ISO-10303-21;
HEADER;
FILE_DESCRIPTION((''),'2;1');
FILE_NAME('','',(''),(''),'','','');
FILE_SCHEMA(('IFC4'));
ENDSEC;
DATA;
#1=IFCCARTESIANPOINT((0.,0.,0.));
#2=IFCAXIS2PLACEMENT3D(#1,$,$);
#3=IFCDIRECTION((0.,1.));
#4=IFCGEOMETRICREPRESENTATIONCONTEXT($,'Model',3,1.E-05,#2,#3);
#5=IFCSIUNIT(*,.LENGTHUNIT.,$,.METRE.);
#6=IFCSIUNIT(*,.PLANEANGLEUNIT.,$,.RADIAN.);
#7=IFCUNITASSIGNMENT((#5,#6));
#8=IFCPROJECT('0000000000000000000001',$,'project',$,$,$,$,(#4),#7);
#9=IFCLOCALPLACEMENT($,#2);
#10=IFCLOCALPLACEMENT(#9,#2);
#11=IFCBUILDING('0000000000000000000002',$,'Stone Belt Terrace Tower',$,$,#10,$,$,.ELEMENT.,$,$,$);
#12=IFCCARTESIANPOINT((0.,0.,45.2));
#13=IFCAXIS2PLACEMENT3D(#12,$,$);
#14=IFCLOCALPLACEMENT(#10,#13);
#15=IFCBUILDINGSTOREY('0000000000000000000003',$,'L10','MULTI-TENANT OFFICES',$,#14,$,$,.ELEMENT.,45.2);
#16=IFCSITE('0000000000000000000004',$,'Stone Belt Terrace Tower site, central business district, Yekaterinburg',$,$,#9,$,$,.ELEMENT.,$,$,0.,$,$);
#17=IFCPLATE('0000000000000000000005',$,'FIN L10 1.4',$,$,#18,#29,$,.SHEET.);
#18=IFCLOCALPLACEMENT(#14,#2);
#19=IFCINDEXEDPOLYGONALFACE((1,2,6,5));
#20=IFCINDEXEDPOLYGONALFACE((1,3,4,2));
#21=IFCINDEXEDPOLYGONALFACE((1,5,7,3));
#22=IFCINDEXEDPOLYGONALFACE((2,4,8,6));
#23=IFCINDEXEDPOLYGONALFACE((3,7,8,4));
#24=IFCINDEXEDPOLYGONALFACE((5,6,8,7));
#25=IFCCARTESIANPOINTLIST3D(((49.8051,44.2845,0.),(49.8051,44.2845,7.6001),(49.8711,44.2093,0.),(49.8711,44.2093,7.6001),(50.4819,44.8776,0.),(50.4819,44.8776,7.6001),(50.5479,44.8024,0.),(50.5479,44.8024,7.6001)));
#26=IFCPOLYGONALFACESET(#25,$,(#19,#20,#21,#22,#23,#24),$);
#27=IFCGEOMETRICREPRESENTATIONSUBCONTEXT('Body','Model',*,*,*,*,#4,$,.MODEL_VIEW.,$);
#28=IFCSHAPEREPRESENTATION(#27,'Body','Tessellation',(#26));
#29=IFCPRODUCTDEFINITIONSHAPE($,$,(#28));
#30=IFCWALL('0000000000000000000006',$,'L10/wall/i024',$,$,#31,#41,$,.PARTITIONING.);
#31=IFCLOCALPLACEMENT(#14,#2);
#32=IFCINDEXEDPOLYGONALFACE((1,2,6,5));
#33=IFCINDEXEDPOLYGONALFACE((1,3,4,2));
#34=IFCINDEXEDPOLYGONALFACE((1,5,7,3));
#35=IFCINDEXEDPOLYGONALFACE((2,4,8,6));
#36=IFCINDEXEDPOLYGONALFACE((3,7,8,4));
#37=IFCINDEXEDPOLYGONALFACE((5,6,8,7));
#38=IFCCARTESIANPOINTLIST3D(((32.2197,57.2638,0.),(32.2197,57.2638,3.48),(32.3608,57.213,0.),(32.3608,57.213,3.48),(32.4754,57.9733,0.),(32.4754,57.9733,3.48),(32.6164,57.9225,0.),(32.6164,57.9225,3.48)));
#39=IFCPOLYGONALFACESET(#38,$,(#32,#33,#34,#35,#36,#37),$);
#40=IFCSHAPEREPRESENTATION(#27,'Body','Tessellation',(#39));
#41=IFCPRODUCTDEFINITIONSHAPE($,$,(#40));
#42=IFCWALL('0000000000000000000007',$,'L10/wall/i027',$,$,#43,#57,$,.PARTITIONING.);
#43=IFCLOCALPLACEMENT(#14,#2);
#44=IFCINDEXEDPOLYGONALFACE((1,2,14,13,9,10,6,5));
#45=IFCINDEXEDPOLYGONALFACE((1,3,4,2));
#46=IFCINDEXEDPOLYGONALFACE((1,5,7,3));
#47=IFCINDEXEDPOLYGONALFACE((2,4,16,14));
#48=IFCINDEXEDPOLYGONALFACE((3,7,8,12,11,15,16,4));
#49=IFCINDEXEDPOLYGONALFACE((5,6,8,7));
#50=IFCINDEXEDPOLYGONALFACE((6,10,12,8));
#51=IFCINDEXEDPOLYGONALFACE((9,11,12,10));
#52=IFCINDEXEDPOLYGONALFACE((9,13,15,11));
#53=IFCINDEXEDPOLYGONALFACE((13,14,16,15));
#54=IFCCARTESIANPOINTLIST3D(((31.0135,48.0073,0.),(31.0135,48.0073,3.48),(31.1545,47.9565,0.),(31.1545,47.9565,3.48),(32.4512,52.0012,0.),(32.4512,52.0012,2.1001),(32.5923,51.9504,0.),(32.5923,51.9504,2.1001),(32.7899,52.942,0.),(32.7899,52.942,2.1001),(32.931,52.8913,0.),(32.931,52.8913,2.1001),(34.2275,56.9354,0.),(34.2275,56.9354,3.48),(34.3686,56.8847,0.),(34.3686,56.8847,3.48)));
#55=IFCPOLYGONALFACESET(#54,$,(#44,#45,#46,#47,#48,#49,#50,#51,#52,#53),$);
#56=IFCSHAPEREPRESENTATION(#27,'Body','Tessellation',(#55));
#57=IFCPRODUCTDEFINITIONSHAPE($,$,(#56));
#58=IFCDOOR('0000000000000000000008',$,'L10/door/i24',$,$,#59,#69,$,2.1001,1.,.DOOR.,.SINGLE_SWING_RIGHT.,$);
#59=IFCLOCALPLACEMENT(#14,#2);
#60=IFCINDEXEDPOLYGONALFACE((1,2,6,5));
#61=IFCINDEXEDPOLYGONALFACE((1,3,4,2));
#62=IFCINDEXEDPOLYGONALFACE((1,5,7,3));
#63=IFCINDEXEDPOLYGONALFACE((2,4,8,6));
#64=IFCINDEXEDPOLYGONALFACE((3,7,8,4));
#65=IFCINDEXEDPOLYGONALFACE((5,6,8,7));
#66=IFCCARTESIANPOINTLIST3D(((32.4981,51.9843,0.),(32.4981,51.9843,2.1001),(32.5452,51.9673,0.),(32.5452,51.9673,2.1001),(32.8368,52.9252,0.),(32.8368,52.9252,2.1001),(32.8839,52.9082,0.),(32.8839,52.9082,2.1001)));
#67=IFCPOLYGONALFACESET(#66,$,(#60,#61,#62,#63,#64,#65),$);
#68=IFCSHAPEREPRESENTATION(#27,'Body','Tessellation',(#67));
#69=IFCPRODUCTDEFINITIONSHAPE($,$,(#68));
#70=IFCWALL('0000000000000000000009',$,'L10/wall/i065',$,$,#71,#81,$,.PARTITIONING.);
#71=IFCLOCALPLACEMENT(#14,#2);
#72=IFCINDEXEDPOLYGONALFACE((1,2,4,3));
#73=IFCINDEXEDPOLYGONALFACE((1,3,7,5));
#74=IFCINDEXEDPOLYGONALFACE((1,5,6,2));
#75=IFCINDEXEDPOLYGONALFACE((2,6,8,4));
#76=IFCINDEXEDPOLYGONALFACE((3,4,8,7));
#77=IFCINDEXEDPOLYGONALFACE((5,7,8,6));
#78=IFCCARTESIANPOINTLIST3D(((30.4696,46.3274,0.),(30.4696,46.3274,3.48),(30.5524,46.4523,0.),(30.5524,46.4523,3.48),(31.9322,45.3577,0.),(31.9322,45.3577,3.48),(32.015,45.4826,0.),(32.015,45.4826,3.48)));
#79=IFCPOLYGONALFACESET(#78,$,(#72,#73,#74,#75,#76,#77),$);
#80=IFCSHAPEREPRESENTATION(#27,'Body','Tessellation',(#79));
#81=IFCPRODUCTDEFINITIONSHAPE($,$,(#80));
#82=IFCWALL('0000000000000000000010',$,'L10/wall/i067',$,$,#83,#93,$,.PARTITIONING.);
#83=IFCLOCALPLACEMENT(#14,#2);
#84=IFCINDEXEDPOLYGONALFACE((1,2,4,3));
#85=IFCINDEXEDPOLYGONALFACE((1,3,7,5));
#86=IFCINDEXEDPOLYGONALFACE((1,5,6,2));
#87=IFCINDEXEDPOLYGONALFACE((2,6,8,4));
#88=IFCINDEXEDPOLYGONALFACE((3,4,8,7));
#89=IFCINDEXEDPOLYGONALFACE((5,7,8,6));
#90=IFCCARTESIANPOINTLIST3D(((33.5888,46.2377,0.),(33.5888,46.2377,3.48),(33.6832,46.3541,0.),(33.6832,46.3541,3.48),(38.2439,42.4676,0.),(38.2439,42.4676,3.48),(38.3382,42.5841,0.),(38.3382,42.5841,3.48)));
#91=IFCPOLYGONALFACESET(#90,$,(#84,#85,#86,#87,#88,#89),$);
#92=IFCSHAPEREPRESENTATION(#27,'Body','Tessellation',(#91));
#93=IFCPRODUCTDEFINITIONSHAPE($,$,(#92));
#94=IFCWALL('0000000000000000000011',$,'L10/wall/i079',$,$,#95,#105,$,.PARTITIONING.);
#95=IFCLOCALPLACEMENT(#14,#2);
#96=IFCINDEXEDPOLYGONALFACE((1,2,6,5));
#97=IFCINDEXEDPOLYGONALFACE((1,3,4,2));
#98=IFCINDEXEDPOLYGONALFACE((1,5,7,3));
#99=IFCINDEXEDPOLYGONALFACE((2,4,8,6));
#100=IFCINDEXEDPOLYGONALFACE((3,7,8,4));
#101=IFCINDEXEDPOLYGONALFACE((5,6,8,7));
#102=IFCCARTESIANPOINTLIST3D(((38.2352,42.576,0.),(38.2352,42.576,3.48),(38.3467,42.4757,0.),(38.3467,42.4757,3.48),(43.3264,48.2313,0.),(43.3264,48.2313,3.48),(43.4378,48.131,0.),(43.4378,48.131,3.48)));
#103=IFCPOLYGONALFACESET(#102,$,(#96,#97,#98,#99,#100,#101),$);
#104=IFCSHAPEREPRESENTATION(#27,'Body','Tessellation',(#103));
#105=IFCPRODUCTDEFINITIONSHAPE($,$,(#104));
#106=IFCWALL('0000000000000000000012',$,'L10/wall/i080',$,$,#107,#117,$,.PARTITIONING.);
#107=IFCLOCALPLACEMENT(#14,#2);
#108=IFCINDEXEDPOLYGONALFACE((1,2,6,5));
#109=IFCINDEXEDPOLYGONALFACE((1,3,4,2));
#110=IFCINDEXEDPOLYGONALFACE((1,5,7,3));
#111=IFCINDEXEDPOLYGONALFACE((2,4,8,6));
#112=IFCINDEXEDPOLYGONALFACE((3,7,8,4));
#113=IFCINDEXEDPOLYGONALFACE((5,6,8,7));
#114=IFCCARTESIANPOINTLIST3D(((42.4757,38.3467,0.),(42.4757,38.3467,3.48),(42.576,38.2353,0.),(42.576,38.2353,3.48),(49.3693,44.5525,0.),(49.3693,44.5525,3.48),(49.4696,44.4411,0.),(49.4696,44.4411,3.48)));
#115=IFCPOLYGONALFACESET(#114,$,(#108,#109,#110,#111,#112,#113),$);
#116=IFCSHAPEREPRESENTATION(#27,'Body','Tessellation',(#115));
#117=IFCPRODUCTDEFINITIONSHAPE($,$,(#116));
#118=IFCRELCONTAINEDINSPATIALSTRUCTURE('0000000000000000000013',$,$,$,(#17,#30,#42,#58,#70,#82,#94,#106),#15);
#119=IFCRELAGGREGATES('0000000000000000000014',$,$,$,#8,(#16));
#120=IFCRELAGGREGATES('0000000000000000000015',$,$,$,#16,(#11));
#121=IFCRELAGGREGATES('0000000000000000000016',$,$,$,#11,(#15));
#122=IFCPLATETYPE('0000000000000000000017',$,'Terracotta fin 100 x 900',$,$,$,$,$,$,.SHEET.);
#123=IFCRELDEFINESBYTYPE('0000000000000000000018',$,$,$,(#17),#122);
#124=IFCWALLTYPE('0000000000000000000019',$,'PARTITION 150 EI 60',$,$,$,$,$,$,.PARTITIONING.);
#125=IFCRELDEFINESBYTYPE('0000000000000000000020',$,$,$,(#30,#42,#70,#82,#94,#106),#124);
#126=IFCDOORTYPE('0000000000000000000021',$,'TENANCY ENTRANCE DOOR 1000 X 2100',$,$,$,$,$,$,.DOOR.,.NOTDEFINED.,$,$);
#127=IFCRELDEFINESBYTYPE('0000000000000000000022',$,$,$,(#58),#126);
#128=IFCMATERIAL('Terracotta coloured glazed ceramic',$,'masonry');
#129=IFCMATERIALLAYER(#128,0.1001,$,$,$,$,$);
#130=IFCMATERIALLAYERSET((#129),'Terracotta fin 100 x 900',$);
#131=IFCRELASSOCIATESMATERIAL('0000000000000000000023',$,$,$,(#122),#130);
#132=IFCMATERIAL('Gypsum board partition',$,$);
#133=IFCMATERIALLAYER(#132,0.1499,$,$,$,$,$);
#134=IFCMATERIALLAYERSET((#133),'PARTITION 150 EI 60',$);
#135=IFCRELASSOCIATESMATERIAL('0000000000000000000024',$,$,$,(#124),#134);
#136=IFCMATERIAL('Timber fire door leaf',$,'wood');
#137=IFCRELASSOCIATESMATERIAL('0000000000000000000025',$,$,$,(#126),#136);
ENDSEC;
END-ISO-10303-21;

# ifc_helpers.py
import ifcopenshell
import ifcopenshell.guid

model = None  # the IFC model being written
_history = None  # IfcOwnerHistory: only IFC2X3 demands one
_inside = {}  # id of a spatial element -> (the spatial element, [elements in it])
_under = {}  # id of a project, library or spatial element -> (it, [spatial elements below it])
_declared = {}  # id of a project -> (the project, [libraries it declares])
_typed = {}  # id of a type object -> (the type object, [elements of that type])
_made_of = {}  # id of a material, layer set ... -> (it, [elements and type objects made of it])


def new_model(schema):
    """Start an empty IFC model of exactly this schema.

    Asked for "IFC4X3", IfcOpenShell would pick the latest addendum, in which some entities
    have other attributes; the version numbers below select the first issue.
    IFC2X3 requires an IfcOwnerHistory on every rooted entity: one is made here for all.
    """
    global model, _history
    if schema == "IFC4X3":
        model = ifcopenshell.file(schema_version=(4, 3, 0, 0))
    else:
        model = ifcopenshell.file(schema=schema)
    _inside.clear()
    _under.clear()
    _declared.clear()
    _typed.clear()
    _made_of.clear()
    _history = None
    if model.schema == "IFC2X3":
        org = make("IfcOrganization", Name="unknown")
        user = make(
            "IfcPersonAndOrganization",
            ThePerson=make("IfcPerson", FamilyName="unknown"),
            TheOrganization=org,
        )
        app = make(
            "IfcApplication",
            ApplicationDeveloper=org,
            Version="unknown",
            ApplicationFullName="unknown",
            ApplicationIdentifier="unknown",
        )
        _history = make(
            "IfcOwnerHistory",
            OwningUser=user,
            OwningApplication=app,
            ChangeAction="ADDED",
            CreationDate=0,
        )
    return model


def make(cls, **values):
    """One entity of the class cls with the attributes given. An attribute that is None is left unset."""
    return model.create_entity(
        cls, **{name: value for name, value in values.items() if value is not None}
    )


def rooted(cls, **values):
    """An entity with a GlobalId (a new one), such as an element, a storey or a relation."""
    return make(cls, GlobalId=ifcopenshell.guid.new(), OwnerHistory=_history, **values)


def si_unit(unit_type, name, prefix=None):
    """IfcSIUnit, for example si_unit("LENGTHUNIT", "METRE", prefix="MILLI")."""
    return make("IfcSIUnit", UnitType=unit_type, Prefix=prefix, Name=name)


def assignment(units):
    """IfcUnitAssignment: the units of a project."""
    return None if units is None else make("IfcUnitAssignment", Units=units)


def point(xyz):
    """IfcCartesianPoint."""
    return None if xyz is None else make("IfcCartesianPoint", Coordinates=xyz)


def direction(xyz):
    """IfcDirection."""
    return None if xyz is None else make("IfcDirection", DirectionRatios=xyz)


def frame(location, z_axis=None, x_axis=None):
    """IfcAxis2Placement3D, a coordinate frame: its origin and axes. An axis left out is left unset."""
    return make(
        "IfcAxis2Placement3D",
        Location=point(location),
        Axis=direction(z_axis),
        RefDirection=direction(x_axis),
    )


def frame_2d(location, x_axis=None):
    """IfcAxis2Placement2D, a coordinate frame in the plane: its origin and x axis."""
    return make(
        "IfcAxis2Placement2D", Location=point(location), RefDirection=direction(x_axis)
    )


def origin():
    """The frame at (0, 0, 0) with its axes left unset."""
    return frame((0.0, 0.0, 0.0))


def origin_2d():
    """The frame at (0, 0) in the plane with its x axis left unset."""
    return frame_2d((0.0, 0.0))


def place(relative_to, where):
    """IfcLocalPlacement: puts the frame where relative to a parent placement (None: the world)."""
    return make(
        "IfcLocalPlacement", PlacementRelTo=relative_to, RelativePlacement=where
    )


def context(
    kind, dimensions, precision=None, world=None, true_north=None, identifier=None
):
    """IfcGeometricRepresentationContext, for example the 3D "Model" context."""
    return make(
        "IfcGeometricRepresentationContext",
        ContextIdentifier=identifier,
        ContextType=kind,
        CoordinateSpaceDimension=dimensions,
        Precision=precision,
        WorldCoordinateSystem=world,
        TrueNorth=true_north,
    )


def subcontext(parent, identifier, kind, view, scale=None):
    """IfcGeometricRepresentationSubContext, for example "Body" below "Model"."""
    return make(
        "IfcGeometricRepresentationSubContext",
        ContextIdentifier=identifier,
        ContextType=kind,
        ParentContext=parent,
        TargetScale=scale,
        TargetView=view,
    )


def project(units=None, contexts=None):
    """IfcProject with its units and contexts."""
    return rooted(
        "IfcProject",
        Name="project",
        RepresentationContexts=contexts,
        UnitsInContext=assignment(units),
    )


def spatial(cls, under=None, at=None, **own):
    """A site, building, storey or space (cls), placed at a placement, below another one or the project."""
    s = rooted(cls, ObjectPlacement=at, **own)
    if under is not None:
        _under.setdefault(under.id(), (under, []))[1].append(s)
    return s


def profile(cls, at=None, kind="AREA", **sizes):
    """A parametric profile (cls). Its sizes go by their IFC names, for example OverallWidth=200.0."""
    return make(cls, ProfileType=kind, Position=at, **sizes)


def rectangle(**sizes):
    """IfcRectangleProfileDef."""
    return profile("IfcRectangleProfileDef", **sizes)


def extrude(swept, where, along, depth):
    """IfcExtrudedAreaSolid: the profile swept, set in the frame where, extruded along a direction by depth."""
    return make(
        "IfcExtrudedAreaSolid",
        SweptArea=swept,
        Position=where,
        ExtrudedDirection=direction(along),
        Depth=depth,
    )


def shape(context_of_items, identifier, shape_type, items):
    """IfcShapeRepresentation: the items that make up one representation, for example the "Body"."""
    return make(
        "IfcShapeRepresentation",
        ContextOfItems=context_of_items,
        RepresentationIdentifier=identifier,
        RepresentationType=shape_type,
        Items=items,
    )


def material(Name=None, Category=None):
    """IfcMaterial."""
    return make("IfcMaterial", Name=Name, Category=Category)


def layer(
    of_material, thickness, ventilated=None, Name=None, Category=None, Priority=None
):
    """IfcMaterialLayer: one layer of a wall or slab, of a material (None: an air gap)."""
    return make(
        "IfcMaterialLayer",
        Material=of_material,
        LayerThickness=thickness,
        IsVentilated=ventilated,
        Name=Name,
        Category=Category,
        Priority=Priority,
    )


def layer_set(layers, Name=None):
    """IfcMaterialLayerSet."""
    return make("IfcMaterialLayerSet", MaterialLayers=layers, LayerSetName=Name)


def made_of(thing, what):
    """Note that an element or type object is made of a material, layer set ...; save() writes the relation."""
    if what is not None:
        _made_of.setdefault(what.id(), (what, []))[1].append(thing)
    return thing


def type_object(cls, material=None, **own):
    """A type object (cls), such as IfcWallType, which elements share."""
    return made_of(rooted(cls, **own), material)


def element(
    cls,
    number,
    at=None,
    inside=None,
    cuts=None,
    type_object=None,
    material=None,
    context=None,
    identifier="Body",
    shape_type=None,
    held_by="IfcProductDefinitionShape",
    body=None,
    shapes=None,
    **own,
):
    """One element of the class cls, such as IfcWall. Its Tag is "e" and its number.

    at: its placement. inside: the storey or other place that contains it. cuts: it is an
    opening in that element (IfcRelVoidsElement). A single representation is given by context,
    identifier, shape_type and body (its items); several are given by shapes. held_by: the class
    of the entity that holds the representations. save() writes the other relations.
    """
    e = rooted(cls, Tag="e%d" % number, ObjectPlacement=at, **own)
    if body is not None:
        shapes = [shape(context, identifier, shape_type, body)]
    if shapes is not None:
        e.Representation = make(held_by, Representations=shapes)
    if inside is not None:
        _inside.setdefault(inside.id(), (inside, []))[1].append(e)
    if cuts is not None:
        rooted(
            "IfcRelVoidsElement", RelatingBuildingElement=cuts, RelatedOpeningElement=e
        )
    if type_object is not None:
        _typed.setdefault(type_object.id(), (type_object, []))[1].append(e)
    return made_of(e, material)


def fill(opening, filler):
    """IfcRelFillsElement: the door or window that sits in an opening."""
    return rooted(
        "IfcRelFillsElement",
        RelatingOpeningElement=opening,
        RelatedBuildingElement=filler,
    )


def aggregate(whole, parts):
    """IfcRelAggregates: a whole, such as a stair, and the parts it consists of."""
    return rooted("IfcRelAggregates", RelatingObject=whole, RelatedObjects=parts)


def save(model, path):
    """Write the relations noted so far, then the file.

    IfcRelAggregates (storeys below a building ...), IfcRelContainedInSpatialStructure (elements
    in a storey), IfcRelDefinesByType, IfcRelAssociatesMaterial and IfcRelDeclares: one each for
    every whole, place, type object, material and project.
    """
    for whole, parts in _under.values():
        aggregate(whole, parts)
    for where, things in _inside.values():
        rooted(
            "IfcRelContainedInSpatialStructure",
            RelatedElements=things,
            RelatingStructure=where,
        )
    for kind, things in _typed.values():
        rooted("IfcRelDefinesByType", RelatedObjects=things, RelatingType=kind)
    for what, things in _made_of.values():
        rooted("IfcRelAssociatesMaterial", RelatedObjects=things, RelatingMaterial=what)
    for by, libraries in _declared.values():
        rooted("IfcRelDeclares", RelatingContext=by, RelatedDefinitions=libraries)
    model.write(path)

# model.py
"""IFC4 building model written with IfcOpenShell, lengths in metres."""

from ifc_helpers import new_model, si_unit, direction, frame, frame_2d, origin, origin_2d, place, context, subcontext, project, spatial, rectangle, extrude, material, layer, layer_set, type_object, element, fill, save


model = new_model("IFC4")

# Units and contexts
model_context = context("Model", 3, precision=1e-05, world=origin(), true_north=direction((0.0, 1.0)))
body_context = subcontext(model_context, "Body", "Model", "MODEL_VIEW")
ifc_project = project(units=[si_unit("LENGTHUNIT", "METRE"), si_unit("PLANEANGLEUNIT", "RADIAN")], contexts=[model_context])

# Site, building, storey
site_placement = place(None, origin())
site = spatial("IfcSite", under=ifc_project, at=site_placement, Name="Stone Belt Terrace Tower site, central business district, Yekaterinburg", CompositionType="ELEMENT", RefElevation=0.0)
building_placement = place(site_placement, origin())
building = spatial("IfcBuilding", under=site, at=building_placement, Name="Stone Belt Terrace Tower", CompositionType="ELEMENT")
storey_placement = place(building_placement, frame((0.0, 0.0, 45.2)))
storey = spatial("IfcBuildingStorey", under=building, at=storey_placement, Name="L10", Description="MULTI-TENANT OFFICES", CompositionType="ELEMENT", Elevation=45.2)

# Plate
ifc_material_1 = material(Name="Terracotta coloured glazed ceramic", Category="masonry")
ifc_layer_1 = layer(ifc_material_1, 0.1001)
ifc_layer_set_1 = layer_set([ifc_layer_1], Name="Terracotta fin 100 x 900")
plate_type_1 = type_object("IfcPlateType", Name="Terracotta fin 100 x 900", PredefinedType="SHEET", material=ifc_layer_set_1)
for number, where, z_axis, x_axis, name in (
    (1, (50.1765, 44.5435, 0.0), (0.0, 0.0, 1.0), (0.752078, 0.659074, 0.0), "FIN L10 1.4"),
):
    element("IfcPlate", number, at=place(storey_placement, frame(where, z_axis=z_axis, x_axis=x_axis)), inside=storey, type_object=plate_type_1, Name=name, PredefinedType="SHEET", context=body_context, shape_type="SweptSolid", body=[
        extrude(rectangle(XDim=0.8999, YDim=0.1001, at=origin_2d()), origin(), (0.0, 0.0, 1.0), 7.6001),
    ])

# Wall
ifc_material_2 = material(Name="Gypsum board partition")
ifc_layer_2 = layer(ifc_material_2, 0.1499)
ifc_layer_set_2 = layer_set([ifc_layer_2], Name="PARTITION 150 EI 60")
wall_type = type_object("IfcWallType", Name="PARTITION 150 EI 60", PredefinedType="PARTITIONING", material=ifc_layer_set_2)
wall_1_placement = place(storey_placement, frame((32.2903, 57.2385, 0.0), z_axis=(0.0, 0.0, 1.0), x_axis=(0.33896, 0.940801, 0.0)))
element("IfcWall", 2, at=wall_1_placement, inside=storey, type_object=wall_type, Name="L10/wall/i024", PredefinedType="PARTITIONING", context=body_context, shape_type="SweptSolid", body=[
    extrude(rectangle(XDim=0.7542, YDim=0.1499, at=frame_2d((0.377, 0.0))), origin(), (0.0, 0.0, 1.0), 3.48),
])

# Wall, opening, door
wall_2_placement = place(storey_placement, frame((34.2981, 56.9102, 0.0), z_axis=(0.0, 0.0, 1.0), x_axis=(-0.338715, -0.940889, 0.0)))
wall_2 = element("IfcWall", 3, at=wall_2_placement, inside=storey, type_object=wall_type, Name="L10/wall/i027", PredefinedType="PARTITIONING", context=body_context, shape_type="SweptSolid", body=[
    extrude(rectangle(XDim=9.489, YDim=0.1499, at=frame_2d((4.7446, 0.0))), origin(), (0.0, 0.0, 1.0), 3.48),
])
opening_placement = place(wall_2_placement, frame((4.2444, 0.0, 0.0)))
opening = element("IfcOpeningElement", 4, at=opening_placement, cuts=wall_2, PredefinedType="OPENING", context=body_context, shape_type="SweptSolid", body=[
    extrude(rectangle(XDim=1.0, YDim=2.1001, at=frame_2d((0.5, 1.05))), frame((0.0, 0.085, 0.0), z_axis=(0.0, -1.0, 0.0), x_axis=(1.0, 0.0, 0.0)), (0.0, 0.0, 1.0), 0.1699),
])
ifc_material_3 = material(Name="Timber fire door leaf", Category="wood")
door_type = type_object("IfcDoorType", Name="TENANCY ENTRANCE DOOR 1000 X 2100", OperationType="NOTDEFINED", PredefinedType="DOOR", material=ifc_material_3)
door_placement = place(opening_placement, origin())
door = element("IfcDoor", 5, at=door_placement, inside=storey, type_object=door_type, Name="L10/door/i24", OperationType="SINGLE_SWING_RIGHT", OverallHeight=2.1001, OverallWidth=1.0, PredefinedType="DOOR", context=body_context, shape_type="SweptSolid", body=[
    extrude(rectangle(XDim=1.0, YDim=2.1001, at=frame_2d((0.5, 1.05))), frame((0.0, 0.0249, 0.0), z_axis=(0.0, -1.0, 0.0), x_axis=(1.0, 0.0, 0.0)), (0.0, 0.0, 1.0), 0.05),
])
fill(opening, door)

# Walls
wall_3_placement = place(storey_placement, frame((31.9736, 45.4202, 0.0), z_axis=(0.0, 0.0, 1.0), x_axis=(-0.83346, 0.55258, 0.0)))
element("IfcWall", 6, at=wall_3_placement, inside=storey, type_object=wall_type, Name="L10/wall/i065", PredefinedType="PARTITIONING", context=body_context, shape_type="SweptSolid", body=[
    extrude(rectangle(XDim=1.7549, YDim=0.1499, at=frame_2d((0.8774, 0.0))), origin(), (0.0, 0.0, 1.0), 3.48),
])
wall_4_placement = place(storey_placement, frame((33.636, 46.2959, 0.0), z_axis=(0.0, 0.0, 1.0), x_axis=(0.777109, -0.629366, 0.0)))
element("IfcWall", 7, at=wall_4_placement, inside=storey, type_object=wall_type, Name="L10/wall/i067", PredefinedType="PARTITIONING", context=body_context, shape_type="SweptSolid", body=[
    extrude(rectangle(XDim=5.9902, YDim=0.1499, at=frame_2d((2.9951, 0.0))), origin(), (0.0, 0.0, 1.0), 3.48),
])
wall_5_placement = place(storey_placement, frame((43.3821, 48.1812, 0.0), z_axis=(0.0, 0.0, 1.0), x_axis=(-0.66906, -0.743208, 0.0)))
element("IfcWall", 8, at=wall_5_placement, inside=storey, type_object=wall_type, Name="L10/wall/i079", PredefinedType="PARTITIONING", context=body_context, shape_type="SweptSolid", body=[
    extrude(rectangle(XDim=7.6094, YDim=0.1499, at=frame_2d((3.8047, 0.0))), origin(), (0.0, 0.0, 1.0), 3.48),
])
wall_6_placement = place(storey_placement, frame((49.4194, 44.4968, 0.0), z_axis=(0.0, 0.0, 1.0), x_axis=(-0.743208, -0.669061, 0.0)))
element("IfcWall", 9, at=wall_6_placement, inside=storey, type_object=wall_type, Name="L10/wall/i080", PredefinedType="PARTITIONING", context=body_context, shape_type="SweptSolid", body=[
    extrude(rectangle(XDim=9.2754, YDim=0.1499, at=frame_2d((4.6377, 0.0))), origin(), (0.0, 0.0, 1.0), 3.48),
])

save(model, "model.ifc")
